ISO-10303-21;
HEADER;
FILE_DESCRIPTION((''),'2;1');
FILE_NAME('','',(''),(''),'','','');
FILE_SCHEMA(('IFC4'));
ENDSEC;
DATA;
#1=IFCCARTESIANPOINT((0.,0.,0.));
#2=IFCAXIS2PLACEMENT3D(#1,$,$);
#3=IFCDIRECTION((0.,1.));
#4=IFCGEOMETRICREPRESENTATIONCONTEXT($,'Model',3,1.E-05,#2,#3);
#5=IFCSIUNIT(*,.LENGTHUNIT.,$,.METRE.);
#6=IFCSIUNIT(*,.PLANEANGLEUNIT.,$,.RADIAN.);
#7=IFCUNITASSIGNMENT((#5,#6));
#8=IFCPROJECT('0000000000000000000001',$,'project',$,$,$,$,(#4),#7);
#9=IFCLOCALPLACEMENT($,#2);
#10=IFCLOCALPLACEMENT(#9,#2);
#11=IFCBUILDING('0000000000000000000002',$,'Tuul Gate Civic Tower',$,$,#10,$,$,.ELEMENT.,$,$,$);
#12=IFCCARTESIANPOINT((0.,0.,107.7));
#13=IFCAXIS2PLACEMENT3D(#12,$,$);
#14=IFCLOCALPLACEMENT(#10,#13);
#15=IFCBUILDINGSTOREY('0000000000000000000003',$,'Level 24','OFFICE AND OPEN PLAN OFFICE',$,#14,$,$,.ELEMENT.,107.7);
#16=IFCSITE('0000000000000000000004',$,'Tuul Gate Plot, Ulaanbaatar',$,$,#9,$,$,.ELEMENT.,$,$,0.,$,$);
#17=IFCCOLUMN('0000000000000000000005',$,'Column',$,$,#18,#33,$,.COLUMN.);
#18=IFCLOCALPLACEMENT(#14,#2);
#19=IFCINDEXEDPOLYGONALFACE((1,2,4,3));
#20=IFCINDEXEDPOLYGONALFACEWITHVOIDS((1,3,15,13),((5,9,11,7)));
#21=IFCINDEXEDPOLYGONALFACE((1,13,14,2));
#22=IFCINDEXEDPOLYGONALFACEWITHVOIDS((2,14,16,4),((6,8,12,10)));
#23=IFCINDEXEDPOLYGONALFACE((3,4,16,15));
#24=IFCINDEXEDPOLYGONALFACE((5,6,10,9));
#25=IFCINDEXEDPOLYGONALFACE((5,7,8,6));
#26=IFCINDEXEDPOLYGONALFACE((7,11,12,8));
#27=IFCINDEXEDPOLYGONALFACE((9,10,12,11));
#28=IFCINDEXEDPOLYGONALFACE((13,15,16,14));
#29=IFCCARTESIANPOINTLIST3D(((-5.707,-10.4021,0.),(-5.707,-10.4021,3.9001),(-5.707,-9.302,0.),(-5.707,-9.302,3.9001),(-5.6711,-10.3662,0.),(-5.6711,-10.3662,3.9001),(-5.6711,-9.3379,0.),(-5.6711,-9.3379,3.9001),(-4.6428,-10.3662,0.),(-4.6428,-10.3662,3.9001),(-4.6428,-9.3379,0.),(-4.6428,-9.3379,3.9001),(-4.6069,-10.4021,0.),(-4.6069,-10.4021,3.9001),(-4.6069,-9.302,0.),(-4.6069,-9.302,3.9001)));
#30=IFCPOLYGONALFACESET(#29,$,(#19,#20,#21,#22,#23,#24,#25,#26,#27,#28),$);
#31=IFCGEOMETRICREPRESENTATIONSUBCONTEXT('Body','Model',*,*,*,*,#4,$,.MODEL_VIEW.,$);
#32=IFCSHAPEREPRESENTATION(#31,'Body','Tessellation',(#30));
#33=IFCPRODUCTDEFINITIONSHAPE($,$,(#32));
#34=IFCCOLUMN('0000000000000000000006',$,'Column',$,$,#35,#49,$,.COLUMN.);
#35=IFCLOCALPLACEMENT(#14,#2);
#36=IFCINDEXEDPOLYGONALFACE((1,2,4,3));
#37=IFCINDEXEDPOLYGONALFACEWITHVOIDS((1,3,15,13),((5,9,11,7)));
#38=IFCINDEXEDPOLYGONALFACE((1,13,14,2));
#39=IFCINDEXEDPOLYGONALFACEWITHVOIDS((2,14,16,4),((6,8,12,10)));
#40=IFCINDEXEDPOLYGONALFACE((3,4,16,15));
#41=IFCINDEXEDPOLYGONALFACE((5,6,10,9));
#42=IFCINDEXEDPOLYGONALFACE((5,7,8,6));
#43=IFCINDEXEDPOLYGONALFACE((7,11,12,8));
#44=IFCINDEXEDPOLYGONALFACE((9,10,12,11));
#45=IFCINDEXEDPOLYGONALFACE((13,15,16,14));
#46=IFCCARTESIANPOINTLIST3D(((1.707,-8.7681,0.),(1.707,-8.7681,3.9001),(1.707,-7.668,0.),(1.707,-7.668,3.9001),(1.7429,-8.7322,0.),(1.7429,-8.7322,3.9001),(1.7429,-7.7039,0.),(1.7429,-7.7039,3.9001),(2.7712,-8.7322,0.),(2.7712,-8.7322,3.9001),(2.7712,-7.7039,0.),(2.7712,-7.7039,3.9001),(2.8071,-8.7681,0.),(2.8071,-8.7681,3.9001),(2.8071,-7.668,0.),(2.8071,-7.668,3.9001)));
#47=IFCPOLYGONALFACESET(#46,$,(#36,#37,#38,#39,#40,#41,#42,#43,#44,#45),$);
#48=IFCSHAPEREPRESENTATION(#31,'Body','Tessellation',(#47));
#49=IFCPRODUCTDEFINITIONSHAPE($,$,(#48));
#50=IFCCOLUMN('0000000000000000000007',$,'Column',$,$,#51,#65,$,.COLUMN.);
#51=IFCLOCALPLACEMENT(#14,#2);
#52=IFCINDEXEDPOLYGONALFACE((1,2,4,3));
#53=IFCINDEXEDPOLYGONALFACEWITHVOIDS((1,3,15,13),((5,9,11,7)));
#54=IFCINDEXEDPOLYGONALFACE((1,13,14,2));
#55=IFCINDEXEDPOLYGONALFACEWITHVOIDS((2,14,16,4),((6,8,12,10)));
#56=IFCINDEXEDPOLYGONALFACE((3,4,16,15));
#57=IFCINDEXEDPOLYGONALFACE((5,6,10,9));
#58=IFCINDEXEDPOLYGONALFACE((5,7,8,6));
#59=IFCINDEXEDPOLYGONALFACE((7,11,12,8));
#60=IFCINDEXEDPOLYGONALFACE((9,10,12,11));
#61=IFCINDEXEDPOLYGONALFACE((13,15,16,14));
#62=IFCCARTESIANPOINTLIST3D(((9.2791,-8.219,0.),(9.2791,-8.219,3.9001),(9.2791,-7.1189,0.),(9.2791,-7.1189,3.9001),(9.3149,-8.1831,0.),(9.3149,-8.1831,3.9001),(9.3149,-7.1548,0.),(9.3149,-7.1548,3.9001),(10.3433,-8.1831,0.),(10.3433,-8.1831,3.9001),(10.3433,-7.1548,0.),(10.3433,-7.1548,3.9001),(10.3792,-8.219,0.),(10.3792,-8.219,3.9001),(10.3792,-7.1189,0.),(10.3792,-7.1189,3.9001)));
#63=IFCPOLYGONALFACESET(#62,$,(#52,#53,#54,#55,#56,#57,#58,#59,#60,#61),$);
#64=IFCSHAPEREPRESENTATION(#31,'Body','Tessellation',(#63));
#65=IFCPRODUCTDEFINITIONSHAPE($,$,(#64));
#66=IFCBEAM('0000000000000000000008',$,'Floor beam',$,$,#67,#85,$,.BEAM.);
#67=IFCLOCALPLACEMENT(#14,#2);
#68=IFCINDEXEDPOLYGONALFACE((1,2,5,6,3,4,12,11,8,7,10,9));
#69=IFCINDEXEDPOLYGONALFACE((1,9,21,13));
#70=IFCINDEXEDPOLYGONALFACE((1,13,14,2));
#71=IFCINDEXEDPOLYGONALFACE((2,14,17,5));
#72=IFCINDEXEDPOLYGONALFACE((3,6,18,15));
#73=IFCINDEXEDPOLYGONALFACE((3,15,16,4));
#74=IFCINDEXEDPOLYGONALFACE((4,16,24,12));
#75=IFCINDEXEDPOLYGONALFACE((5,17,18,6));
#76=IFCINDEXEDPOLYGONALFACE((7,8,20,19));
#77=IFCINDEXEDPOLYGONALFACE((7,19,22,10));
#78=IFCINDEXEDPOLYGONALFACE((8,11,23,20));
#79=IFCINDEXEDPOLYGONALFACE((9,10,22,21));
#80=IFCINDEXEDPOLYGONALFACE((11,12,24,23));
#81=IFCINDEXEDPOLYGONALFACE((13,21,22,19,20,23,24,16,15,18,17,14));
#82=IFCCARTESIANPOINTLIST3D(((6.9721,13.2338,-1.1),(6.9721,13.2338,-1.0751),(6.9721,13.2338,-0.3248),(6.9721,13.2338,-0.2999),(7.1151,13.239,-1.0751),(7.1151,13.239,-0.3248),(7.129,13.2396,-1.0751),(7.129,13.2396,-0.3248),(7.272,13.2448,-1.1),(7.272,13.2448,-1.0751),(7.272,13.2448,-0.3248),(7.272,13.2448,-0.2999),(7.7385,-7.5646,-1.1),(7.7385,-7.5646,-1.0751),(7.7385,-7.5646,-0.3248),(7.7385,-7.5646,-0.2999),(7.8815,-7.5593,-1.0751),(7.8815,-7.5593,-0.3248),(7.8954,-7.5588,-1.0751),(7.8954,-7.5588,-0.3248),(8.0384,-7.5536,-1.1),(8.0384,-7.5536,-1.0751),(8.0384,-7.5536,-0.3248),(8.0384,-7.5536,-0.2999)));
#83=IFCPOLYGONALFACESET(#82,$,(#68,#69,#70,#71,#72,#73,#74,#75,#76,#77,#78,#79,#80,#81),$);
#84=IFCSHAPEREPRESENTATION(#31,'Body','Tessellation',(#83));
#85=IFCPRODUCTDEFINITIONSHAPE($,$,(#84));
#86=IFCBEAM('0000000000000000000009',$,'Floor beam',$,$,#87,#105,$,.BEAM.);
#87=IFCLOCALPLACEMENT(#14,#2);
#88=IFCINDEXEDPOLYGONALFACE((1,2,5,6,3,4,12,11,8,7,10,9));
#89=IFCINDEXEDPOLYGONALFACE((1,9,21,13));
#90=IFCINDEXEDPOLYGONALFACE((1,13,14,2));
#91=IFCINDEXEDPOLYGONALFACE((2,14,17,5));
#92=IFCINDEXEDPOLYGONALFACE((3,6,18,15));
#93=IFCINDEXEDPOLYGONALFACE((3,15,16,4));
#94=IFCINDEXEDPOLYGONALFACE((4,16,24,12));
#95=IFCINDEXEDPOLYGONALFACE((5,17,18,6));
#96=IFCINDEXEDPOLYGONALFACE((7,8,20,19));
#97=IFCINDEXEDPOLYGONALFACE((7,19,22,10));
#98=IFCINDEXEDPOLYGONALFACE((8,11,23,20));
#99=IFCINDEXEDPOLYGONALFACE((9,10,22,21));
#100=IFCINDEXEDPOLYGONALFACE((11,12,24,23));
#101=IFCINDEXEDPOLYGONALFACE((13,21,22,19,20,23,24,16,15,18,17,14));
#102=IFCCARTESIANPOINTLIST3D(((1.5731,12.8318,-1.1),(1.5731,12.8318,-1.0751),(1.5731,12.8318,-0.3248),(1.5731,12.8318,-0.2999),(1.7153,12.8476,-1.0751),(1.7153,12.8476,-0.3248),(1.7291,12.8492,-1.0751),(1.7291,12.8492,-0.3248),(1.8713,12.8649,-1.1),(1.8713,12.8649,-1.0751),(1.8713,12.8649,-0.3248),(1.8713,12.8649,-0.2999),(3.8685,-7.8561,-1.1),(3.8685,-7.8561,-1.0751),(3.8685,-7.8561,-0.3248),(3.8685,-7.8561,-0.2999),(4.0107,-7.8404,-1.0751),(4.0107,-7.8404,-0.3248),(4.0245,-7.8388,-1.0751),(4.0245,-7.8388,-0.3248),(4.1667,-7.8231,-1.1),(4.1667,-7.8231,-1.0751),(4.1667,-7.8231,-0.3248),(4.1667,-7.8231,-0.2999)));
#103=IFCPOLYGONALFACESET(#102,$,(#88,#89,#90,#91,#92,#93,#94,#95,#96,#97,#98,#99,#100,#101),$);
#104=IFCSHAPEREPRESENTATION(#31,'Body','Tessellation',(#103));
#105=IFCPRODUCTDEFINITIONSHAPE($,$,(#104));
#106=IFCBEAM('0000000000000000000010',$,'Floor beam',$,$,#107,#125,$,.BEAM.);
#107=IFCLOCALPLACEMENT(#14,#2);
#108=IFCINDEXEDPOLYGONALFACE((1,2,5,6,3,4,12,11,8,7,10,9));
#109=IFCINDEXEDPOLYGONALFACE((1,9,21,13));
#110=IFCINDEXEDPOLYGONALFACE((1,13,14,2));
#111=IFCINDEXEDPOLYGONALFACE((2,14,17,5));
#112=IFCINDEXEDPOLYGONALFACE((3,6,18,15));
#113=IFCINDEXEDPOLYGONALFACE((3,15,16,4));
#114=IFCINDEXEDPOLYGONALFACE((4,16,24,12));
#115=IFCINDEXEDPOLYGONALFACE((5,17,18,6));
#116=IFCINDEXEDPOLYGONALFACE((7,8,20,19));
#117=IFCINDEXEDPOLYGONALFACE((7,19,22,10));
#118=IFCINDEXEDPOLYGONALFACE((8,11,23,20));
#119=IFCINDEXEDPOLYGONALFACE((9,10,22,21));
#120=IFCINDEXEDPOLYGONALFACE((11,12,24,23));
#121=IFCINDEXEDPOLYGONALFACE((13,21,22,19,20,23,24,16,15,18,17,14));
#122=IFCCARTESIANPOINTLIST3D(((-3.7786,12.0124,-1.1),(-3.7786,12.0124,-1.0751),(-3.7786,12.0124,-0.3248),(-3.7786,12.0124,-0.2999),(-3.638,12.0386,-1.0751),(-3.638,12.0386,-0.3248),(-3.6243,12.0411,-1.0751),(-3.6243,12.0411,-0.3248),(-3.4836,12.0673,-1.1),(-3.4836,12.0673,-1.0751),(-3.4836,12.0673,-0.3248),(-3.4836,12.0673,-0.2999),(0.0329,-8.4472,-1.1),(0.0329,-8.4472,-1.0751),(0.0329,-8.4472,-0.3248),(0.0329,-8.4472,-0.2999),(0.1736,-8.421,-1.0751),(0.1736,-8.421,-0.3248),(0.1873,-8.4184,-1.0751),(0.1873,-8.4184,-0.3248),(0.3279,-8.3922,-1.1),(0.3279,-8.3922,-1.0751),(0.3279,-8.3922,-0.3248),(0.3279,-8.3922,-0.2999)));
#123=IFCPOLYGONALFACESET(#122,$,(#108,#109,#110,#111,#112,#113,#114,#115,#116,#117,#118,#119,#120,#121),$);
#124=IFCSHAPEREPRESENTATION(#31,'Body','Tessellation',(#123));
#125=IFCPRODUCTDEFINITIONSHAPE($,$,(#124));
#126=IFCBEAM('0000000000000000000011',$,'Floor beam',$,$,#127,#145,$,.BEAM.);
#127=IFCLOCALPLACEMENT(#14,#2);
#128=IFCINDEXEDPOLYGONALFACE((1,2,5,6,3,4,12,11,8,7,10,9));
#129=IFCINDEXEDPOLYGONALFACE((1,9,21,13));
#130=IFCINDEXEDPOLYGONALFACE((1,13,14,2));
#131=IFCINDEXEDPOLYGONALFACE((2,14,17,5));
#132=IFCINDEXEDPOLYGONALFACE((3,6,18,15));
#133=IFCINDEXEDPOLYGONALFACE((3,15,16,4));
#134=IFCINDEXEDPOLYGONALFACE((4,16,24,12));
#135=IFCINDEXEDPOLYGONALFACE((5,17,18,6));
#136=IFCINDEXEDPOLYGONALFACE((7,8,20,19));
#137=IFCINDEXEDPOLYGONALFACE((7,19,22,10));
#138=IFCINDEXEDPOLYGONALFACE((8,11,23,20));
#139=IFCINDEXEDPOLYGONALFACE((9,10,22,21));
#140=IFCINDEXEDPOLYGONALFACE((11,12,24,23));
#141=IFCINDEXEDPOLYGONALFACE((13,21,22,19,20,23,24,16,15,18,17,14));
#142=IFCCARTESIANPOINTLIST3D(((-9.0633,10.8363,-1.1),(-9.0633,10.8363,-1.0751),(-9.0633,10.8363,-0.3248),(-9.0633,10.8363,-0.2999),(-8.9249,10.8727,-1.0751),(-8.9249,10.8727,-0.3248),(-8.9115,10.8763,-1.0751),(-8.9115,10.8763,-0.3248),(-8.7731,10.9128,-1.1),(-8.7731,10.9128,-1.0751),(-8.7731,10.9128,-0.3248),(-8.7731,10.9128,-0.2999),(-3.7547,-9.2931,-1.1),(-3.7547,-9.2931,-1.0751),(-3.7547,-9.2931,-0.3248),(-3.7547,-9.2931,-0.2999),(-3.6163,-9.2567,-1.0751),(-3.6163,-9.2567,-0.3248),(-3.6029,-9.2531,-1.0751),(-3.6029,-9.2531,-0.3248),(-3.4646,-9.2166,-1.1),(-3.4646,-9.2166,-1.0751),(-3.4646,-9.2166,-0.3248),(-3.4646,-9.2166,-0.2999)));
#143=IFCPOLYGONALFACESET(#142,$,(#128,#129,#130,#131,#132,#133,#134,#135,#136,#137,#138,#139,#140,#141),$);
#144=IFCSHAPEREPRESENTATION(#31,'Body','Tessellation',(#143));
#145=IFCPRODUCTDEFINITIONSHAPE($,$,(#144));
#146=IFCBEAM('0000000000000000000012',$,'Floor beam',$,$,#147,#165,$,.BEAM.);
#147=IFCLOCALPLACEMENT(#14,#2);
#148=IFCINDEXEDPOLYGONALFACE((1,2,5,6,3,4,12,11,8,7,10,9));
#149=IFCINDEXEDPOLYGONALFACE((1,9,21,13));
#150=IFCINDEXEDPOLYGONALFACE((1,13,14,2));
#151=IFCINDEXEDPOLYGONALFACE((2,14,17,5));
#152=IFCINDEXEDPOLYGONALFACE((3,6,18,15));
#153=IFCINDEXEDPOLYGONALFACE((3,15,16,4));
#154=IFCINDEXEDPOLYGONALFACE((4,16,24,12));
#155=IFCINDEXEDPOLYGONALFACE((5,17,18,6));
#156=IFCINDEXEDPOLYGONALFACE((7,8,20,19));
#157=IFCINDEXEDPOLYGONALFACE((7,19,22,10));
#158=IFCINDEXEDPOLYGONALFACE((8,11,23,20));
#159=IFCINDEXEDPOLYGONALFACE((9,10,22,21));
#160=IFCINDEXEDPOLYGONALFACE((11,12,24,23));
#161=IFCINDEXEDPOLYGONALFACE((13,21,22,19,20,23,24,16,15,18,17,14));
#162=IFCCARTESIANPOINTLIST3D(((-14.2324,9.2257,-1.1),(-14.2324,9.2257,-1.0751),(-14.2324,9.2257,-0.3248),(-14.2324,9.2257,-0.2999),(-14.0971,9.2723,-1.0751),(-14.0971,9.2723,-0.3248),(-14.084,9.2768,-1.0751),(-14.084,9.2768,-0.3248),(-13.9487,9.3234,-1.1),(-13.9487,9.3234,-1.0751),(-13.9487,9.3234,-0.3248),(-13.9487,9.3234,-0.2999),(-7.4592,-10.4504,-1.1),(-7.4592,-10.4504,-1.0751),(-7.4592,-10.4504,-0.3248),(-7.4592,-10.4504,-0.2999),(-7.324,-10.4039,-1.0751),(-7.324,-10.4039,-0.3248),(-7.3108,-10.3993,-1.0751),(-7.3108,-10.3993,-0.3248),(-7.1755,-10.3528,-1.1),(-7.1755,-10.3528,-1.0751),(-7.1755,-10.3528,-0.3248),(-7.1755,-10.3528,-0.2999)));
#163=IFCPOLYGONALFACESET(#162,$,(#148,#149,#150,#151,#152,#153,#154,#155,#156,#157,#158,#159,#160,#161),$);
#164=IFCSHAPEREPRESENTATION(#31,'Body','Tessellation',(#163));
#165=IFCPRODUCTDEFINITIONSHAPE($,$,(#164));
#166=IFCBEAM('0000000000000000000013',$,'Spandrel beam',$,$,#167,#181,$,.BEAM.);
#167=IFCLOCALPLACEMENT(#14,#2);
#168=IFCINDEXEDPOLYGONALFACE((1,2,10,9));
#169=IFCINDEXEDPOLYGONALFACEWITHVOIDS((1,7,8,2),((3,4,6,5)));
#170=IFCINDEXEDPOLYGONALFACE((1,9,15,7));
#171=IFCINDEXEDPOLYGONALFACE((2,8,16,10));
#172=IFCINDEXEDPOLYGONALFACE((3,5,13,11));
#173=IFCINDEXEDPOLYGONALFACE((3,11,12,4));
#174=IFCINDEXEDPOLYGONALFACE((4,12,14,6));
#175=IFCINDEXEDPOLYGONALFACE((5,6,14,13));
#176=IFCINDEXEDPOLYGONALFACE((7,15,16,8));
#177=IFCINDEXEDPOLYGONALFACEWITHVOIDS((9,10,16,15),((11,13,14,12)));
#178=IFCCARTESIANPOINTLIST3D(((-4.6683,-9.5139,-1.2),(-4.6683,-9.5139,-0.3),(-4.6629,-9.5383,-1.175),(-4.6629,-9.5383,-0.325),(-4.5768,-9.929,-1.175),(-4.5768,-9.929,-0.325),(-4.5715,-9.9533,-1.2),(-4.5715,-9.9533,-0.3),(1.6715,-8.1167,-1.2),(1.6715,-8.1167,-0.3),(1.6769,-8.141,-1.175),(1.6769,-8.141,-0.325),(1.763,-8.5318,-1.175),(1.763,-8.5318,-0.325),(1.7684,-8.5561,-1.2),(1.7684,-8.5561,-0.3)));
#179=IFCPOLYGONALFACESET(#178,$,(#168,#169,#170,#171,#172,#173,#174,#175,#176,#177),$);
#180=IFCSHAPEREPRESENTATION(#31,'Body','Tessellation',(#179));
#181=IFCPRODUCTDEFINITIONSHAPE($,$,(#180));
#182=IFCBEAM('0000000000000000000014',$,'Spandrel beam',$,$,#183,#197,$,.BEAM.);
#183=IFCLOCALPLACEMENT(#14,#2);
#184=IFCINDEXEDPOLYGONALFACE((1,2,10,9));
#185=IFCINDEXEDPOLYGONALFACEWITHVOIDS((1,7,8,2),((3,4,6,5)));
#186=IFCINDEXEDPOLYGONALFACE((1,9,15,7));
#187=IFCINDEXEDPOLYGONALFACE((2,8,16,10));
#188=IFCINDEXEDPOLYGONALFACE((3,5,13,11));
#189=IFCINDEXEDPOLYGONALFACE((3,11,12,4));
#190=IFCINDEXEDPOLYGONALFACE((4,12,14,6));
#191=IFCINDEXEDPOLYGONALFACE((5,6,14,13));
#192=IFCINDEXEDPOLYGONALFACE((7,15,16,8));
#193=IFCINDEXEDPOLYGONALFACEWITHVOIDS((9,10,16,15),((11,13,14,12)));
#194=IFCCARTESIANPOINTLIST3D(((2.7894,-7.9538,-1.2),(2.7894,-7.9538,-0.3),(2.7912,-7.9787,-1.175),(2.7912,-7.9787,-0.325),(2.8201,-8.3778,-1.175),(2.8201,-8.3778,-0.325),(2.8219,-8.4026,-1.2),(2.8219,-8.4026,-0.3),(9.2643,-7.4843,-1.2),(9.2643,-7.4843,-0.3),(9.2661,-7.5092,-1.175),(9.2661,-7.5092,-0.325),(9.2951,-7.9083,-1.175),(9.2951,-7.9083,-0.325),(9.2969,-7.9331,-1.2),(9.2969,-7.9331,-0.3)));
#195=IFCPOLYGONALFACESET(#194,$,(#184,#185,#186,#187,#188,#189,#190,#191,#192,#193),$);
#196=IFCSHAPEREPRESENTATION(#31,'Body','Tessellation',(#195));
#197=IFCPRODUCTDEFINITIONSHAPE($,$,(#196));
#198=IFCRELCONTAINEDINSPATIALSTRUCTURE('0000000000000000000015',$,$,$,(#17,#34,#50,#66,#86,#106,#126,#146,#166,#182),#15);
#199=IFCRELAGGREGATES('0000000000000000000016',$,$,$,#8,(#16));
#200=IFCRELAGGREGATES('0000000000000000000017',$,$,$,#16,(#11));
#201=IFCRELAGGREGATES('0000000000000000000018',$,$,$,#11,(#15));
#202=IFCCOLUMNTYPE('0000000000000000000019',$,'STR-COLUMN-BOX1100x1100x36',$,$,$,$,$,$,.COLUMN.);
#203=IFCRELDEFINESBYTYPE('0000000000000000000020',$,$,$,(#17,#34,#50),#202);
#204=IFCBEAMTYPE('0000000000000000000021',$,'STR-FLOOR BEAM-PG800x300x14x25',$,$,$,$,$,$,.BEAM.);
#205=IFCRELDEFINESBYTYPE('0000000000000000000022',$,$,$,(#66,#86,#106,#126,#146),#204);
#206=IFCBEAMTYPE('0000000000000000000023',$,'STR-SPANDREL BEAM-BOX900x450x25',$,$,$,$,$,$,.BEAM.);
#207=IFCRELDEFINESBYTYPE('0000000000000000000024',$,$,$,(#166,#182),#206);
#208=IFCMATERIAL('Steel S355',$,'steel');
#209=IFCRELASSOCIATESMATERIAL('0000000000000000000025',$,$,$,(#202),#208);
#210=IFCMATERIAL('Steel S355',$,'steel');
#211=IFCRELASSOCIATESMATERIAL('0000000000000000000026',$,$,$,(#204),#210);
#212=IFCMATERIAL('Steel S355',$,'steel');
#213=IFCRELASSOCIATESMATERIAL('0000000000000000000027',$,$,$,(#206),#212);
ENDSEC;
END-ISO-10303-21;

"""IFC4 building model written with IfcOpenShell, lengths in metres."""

from ifc_helpers import new_model, si_unit, direction, frame, origin, origin_2d, place, context, subcontext, project, spatial, hollow_rectangle, i_section, extrude, material, material_profile, profile_set, type_object, element, save


model = new_model("IFC4")

# Units and contexts
model_context = context("Model", 3, precision=1e-05, world=origin(), true_north=direction((0.0, 1.0)))
body_context = subcontext(model_context, "Body", "Model", "MODEL_VIEW")
ifc_project = project(units=[si_unit("LENGTHUNIT", "METRE"), si_unit("PLANEANGLEUNIT", "RADIAN")], contexts=[model_context])

# Site, building, storey
site_placement = place(None, origin())
site = spatial("IfcSite", under=ifc_project, at=site_placement, Name="Tuul Gate Plot, Ulaanbaatar", CompositionType="ELEMENT", RefElevation=0.0)
building_placement = place(site_placement, origin())
building = spatial("IfcBuilding", under=site, at=building_placement, Name="Tuul Gate Civic Tower", CompositionType="ELEMENT")
storey_placement = place(building_placement, frame((0.0, 0.0, 107.7)))
storey = spatial("IfcBuildingStorey", under=building, at=storey_placement, Name="Level 24", Description="OFFICE AND OPEN PLAN OFFICE", CompositionType="ELEMENT", Elevation=107.7)

# Columns
ifc_material_1 = material(Name="Steel S355", Category="steel")
ifc_material_profile_1 = material_profile(ifc_material_1, hollow_rectangle(XDim=1.1001, YDim=1.1001, WallThickness=0.0359, at=origin_2d()), Name="BOX1100x1100x36")
ifc_profile_set_1 = profile_set([ifc_material_profile_1], Name="Steel S355")
column_type = type_object("IfcColumnType", Name="STR-COLUMN-BOX1100x1100x36", PredefinedType="COLUMN", material=ifc_profile_set_1)
for number, where, z_axis, x_axis, name in (
    (1, (-5.157, -9.8521, 0.0), (0.0, 0.0, 1.0), (1.0, 0.0, 0.0), "Column"),
    (2, (2.2571, -8.218, 0.0), (0.0, 0.0, 1.0), (1.0, 0.0, 0.0), "Column"),
    (3, (9.8291, -7.6689, 0.0), (0.0, 0.0, 1.0), (1.0, 0.0, 0.0), "Column"),
):
    element("IfcColumn", number, at=place(storey_placement, frame(where, z_axis=z_axis, x_axis=x_axis)), inside=storey, type_object=column_type, Name=name, PredefinedType="COLUMN", context=body_context, shape_type="SweptSolid", body=[
        extrude(hollow_rectangle(XDim=1.1001, YDim=1.1001, WallThickness=0.0359, at=origin_2d()), origin(), (0.0, 0.0, 1.0), 3.9001),
    ])

# Beams
ifc_material_2 = material(Name="Steel S355", Category="steel")
ifc_material_profile_2 = material_profile(ifc_material_2, i_section(OverallWidth=0.3, OverallDepth=0.8, WebThickness=0.0139, FlangeThickness=0.0249, at=origin_2d()), Name="PG800x300x14x25")
ifc_profile_set_2 = profile_set([ifc_material_profile_2], Name="Steel S355")
beam_type_1 = type_object("IfcBeamType", Name="STR-FLOOR BEAM-PG800x300x14x25", PredefinedType="BEAM", material=ifc_profile_set_2)
beam_1_placement = place(storey_placement, frame((7.8884, -7.5591, -0.7), z_axis=(-0.036822, 0.999322, 0.0), x_axis=(-0.999322, -0.036822, 0.0)))
element("IfcBeam", 4, at=beam_1_placement, inside=storey, type_object=beam_type_1, Name="Floor beam", PredefinedType="BEAM", context=body_context, shape_type="SweptSolid", body=[
    extrude(i_section(OverallWidth=0.3, OverallDepth=0.8, WebThickness=0.0139, FlangeThickness=0.0249, at=origin_2d()), origin(), (0.0, 0.0, 1.0), 20.8125),
])
beam_2_placement = place(storey_placement, frame((4.0176, -7.8396, -0.7), z_axis=(-0.110277, 0.993901, 0.0), x_axis=(-0.993901, -0.110277, 0.0)))
element("IfcBeam", 5, at=beam_2_placement, inside=storey, type_object=beam_type_1, Name="Floor beam", PredefinedType="BEAM", context=body_context, shape_type="SweptSolid", body=[
    extrude(i_section(OverallWidth=0.3, OverallDepth=0.8, WebThickness=0.0139, FlangeThickness=0.0249, at=origin_2d()), origin(), (0.0, 0.0, 1.0), 20.8149),
])
beam_3_placement = place(storey_placement, frame((0.1804, -8.4197, -0.7), z_axis=(-0.183145, 0.983086, 0.0), x_axis=(-0.983086, -0.183145, 0.0)))
element("IfcBeam", 6, at=beam_3_placement, inside=storey, type_object=beam_type_1, Name="Floor beam", PredefinedType="BEAM", context=body_context, shape_type="SweptSolid", body=[
    extrude(i_section(OverallWidth=0.3, OverallDepth=0.8, WebThickness=0.0139, FlangeThickness=0.0249, at=origin_2d()), origin(), (0.0, 0.0, 1.0), 20.8115),
])
beam_4_placement = place(storey_placement, frame((-3.6096, -9.2549, -0.7), z_axis=(-0.255005, 0.96694, 0.0), x_axis=(-0.96694, -0.255005, 0.0)))
element("IfcBeam", 7, at=beam_4_placement, inside=storey, type_object=beam_type_1, Name="Floor beam", PredefinedType="BEAM", context=body_context, shape_type="SweptSolid", body=[
    extrude(i_section(OverallWidth=0.3, OverallDepth=0.8, WebThickness=0.0139, FlangeThickness=0.0249, at=origin_2d()), origin(), (0.0, 0.0, 1.0), 20.8176),
])
beam_5_placement = place(storey_placement, frame((-7.3174, -10.4016, -0.7), z_axis=(-0.325487, 0.945547, 0.0), x_axis=(-0.945547, -0.325487, 0.0)))
element("IfcBeam", 8, at=beam_5_placement, inside=storey, type_object=beam_type_1, Name="Floor beam", PredefinedType="BEAM", context=body_context, shape_type="SweptSolid", body=[
    extrude(i_section(OverallWidth=0.3, OverallDepth=0.8, WebThickness=0.0139, FlangeThickness=0.0249, at=origin_2d()), origin(), (0.0, 0.0, 1.0), 20.8093),
])
ifc_material_3 = material(Name="Steel S355", Category="steel")
ifc_material_profile_3 = material_profile(ifc_material_3, hollow_rectangle(XDim=0.45, YDim=0.8999, WallThickness=0.0249, at=origin_2d()), Name="BOX900x450x25")
ifc_profile_set_3 = profile_set([ifc_material_profile_3], Name="Steel S355")
beam_type_2 = type_object("IfcBeamType", Name="STR-SPANDREL BEAM-BOX900x450x25", PredefinedType="BEAM", material=ifc_profile_set_3)
for number, where, z_axis, x_axis, name in (
    (9, (-4.6199, -9.7336, -0.75), (0.976565, 0.215222, 0.0), (-0.215222, 0.976565, 0.0), "Spandrel beam"),
    (10, (2.8057, -8.1782, -0.75), (0.997382, 0.072319, 0.0), (-0.072319, 0.997382, 0.0), "Spandrel beam"),
):
    element("IfcBeam", number, at=place(storey_placement, frame(where, z_axis=z_axis, x_axis=x_axis)), inside=storey, type_object=beam_type_2, Name=name, PredefinedType="BEAM", context=body_context, shape_type="SweptSolid", body=[
        extrude(hollow_rectangle(XDim=0.45, YDim=0.8999, WallThickness=0.0249, at=origin_2d()), origin(), (0.0, 0.0, 1.0), 6.4919),
    ])

save(model, "model.ifc")
